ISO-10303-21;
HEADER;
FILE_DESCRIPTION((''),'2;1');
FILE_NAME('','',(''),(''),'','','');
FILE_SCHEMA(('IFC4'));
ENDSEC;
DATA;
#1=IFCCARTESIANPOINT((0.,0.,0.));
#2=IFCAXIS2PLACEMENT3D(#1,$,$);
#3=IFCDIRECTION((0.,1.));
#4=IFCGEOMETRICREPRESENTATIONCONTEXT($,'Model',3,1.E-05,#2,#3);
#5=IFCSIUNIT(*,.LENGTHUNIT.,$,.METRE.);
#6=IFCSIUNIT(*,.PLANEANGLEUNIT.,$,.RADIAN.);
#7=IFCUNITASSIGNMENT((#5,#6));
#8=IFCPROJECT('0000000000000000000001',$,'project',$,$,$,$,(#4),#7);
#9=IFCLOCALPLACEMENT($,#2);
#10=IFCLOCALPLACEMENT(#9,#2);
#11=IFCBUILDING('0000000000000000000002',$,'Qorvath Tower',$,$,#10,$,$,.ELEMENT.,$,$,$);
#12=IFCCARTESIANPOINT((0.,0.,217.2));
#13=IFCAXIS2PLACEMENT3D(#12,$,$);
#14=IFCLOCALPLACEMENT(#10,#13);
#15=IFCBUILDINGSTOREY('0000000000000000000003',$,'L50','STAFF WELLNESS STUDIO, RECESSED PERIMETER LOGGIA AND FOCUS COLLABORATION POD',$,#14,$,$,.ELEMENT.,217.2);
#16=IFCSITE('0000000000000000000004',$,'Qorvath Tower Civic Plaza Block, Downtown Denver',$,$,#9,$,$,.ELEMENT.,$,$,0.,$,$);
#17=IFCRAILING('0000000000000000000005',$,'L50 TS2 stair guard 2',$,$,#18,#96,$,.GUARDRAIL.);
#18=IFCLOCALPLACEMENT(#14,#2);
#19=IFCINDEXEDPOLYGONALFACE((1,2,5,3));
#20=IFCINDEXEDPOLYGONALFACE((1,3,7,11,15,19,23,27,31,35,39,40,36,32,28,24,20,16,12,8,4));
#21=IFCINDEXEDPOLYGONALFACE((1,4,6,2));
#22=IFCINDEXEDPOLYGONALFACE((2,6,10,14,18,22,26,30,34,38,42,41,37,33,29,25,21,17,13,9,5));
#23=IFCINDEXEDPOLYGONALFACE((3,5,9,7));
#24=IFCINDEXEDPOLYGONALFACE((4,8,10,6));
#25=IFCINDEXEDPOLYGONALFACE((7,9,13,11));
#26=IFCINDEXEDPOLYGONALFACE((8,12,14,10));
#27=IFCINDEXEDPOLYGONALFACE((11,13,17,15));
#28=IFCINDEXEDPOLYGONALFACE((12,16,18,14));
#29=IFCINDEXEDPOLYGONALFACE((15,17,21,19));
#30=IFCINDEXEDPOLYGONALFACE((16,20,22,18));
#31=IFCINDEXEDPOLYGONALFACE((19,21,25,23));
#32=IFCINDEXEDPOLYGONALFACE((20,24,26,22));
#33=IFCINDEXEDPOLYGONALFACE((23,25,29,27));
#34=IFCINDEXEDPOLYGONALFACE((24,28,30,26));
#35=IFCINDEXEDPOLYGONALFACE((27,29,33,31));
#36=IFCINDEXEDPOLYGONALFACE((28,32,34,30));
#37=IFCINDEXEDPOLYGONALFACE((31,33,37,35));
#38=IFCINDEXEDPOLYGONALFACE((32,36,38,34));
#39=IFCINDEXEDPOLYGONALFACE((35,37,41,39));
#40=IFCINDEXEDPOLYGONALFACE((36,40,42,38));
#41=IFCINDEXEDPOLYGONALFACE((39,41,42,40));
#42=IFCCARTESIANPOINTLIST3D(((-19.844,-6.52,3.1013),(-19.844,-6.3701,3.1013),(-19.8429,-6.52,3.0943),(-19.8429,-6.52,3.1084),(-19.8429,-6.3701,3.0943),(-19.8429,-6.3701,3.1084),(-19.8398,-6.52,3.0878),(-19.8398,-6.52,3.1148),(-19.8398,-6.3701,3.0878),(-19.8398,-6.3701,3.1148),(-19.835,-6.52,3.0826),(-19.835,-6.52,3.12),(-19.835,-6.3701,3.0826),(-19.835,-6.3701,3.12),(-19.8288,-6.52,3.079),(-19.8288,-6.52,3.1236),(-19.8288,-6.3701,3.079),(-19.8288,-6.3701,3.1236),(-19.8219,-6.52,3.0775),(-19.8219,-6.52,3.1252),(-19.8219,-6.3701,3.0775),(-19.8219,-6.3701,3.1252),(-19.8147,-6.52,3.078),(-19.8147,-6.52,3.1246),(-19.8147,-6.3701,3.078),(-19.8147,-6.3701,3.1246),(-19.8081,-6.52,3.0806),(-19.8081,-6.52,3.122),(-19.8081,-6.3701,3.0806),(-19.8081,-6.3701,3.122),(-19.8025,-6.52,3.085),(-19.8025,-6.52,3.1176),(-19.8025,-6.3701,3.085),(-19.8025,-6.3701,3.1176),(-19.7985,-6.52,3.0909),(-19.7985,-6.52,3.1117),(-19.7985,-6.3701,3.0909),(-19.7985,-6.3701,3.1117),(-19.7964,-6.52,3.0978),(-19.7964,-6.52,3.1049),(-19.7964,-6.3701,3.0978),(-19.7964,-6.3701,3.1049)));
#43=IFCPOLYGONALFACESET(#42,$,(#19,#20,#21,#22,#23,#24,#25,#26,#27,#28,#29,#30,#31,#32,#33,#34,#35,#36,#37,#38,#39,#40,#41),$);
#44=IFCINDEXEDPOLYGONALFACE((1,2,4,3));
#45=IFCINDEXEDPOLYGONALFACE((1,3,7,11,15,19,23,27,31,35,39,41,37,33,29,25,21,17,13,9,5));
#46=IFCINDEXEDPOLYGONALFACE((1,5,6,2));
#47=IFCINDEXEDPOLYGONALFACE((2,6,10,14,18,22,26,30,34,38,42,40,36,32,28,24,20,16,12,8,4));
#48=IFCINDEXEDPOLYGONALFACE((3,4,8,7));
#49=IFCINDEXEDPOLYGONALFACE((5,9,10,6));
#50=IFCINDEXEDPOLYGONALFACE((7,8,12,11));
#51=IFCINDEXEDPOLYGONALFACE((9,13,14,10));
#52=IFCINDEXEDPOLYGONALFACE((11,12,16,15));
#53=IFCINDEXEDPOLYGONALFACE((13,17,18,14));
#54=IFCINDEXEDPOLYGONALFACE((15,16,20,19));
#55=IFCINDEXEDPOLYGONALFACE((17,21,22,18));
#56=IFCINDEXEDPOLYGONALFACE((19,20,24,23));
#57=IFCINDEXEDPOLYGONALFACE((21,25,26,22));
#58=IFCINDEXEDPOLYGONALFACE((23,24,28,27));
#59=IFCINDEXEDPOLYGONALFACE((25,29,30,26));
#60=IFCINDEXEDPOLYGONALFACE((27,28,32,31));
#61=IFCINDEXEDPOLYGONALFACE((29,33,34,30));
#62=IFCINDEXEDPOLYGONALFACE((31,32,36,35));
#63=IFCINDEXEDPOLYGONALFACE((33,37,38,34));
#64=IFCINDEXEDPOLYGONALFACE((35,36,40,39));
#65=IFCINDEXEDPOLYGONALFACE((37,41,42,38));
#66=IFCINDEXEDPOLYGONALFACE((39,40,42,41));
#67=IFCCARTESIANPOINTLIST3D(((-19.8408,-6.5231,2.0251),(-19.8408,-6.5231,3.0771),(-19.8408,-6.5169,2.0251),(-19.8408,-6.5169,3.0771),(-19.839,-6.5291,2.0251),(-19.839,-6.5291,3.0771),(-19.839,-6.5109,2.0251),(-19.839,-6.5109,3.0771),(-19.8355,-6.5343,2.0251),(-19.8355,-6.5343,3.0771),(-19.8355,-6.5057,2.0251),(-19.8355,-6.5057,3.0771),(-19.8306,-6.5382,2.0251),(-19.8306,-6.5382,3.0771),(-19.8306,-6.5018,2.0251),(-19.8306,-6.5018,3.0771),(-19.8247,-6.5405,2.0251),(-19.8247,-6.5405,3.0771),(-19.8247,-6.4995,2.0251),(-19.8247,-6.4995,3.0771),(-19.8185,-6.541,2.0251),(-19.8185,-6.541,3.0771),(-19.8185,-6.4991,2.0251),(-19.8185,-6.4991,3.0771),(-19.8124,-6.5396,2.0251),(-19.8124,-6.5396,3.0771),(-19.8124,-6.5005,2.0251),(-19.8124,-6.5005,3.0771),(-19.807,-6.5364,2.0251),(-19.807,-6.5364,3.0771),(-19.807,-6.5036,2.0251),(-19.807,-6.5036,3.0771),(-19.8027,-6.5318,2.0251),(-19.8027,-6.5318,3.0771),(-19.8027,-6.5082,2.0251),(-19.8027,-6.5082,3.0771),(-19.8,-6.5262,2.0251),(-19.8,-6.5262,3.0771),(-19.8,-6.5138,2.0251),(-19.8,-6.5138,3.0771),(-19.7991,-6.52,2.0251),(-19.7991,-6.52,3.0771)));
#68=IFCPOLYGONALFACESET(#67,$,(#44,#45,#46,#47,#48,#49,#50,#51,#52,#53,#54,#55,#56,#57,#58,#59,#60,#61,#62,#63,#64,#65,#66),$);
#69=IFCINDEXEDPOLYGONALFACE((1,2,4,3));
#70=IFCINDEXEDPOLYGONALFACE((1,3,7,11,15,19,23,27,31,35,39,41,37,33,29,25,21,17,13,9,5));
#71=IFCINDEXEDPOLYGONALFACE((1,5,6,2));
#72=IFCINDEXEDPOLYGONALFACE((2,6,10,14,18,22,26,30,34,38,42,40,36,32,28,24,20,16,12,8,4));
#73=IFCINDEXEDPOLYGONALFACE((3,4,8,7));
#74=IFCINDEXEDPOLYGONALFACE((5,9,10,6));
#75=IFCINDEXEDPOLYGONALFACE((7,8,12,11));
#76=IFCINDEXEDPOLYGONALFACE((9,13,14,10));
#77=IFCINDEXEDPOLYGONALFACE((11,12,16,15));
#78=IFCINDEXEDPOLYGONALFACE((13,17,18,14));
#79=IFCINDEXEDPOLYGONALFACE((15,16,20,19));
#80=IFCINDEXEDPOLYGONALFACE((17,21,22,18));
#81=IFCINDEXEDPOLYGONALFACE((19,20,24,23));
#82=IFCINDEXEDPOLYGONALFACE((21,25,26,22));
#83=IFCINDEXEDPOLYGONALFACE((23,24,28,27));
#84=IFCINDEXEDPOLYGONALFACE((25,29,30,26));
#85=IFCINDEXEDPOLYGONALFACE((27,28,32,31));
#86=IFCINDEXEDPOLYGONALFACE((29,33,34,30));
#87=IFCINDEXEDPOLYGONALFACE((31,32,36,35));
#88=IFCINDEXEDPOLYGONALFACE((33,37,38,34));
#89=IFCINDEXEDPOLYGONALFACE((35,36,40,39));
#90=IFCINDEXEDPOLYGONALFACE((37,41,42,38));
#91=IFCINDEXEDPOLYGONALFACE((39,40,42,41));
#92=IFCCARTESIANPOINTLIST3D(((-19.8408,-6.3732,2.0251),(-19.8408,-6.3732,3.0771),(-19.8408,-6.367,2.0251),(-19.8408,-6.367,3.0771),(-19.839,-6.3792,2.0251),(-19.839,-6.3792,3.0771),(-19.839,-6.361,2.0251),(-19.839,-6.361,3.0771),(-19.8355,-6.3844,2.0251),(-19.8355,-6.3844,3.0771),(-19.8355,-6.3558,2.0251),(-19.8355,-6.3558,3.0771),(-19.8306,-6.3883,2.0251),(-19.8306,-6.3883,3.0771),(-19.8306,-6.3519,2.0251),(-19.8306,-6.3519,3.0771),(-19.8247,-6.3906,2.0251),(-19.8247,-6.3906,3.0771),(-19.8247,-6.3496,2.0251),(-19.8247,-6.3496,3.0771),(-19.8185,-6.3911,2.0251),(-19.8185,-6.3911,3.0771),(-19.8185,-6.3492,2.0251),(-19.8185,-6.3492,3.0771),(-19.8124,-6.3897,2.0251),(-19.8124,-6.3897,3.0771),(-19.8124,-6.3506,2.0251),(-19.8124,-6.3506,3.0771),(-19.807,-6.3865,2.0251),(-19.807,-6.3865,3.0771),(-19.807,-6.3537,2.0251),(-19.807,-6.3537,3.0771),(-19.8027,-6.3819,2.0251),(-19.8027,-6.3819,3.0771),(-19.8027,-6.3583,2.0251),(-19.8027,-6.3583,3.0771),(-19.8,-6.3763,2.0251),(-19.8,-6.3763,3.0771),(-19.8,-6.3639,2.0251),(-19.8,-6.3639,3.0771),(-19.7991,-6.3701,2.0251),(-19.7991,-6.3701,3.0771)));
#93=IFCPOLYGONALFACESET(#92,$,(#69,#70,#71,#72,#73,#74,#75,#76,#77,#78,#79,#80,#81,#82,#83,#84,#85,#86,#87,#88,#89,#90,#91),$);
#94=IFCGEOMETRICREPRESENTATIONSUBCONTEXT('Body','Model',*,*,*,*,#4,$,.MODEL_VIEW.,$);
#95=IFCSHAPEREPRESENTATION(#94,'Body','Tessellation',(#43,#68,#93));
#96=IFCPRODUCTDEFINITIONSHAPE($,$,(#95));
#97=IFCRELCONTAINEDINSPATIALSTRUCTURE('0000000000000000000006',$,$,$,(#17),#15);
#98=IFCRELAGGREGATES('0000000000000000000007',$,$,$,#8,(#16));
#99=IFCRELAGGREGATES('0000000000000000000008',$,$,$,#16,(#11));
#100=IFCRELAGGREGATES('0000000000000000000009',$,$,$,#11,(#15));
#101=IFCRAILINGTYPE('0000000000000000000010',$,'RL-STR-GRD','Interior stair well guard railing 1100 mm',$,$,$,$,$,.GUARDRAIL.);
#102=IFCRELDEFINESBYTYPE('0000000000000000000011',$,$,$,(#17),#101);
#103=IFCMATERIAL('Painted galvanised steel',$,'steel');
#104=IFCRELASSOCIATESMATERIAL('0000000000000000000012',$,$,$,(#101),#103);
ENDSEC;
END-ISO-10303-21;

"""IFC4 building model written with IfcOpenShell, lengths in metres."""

from ifc_helpers import new_model, si_unit, direction, frame, origin, origin_2d, place, context, subcontext, project, spatial, circle, extrude, material, type_object, element, save


model = new_model("IFC4")

# Units and contexts
model_context = context("Model", 3, precision=1e-05, world=origin(), true_north=direction((0.0, 1.0)))
body_context = subcontext(model_context, "Body", "Model", "MODEL_VIEW")
ifc_project = project(units=[si_unit("LENGTHUNIT", "METRE"), si_unit("PLANEANGLEUNIT", "RADIAN")], contexts=[model_context])

# Site, building, storey
site_placement = place(None, origin())
site = spatial("IfcSite", under=ifc_project, at=site_placement, Name="Qorvath Tower Civic Plaza Block, Downtown Denver", CompositionType="ELEMENT", RefElevation=0.0)
building_placement = place(site_placement, origin())
building = spatial("IfcBuilding", under=site, at=building_placement, Name="Qorvath Tower", CompositionType="ELEMENT")
storey_placement = place(building_placement, frame((0.0, 0.0, 217.2)))
storey = spatial("IfcBuildingStorey", under=building, at=storey_placement, Name="L50", Description="STAFF WELLNESS STUDIO, RECESSED PERIMETER LOGGIA AND FOCUS COLLABORATION POD", CompositionType="ELEMENT", Elevation=217.2)

# Railing
ifc_material_1 = material(Name="Painted galvanised steel", Category="steel")
railing_type = type_object("IfcRailingType", Name="RL-STR-GRD", Description="Interior stair well guard railing 1100 mm", PredefinedType="GUARDRAIL", material=ifc_material_1)
railing_1_placement = place(storey_placement, frame((-19.8201, -6.52, 2.0251)))
element("IfcRailing", 1, at=railing_1_placement, inside=storey, type_object=railing_type, Name="L50 TS2 stair guard 2", PredefinedType="GUARDRAIL", context=body_context, shape_type="SweptSolid", body=[
    extrude(circle(Radius=0.0239, at=origin_2d()), frame((0.0, 0.0, 1.0762), z_axis=(0.0, 1.0, 0.0), x_axis=(-1.0, 0.0, 0.0)), (0.0, 0.0, 1.0), 0.1499),
    extrude(circle(Radius=0.021, at=origin_2d()), origin(), (0.0, 0.0, 1.0), 1.052),
    extrude(circle(Radius=0.021, at=origin_2d()), frame((0.0, 0.1499, 0.0)), (0.0, 0.0, 1.0), 1.052),
])

save(model, "model.ifc")
